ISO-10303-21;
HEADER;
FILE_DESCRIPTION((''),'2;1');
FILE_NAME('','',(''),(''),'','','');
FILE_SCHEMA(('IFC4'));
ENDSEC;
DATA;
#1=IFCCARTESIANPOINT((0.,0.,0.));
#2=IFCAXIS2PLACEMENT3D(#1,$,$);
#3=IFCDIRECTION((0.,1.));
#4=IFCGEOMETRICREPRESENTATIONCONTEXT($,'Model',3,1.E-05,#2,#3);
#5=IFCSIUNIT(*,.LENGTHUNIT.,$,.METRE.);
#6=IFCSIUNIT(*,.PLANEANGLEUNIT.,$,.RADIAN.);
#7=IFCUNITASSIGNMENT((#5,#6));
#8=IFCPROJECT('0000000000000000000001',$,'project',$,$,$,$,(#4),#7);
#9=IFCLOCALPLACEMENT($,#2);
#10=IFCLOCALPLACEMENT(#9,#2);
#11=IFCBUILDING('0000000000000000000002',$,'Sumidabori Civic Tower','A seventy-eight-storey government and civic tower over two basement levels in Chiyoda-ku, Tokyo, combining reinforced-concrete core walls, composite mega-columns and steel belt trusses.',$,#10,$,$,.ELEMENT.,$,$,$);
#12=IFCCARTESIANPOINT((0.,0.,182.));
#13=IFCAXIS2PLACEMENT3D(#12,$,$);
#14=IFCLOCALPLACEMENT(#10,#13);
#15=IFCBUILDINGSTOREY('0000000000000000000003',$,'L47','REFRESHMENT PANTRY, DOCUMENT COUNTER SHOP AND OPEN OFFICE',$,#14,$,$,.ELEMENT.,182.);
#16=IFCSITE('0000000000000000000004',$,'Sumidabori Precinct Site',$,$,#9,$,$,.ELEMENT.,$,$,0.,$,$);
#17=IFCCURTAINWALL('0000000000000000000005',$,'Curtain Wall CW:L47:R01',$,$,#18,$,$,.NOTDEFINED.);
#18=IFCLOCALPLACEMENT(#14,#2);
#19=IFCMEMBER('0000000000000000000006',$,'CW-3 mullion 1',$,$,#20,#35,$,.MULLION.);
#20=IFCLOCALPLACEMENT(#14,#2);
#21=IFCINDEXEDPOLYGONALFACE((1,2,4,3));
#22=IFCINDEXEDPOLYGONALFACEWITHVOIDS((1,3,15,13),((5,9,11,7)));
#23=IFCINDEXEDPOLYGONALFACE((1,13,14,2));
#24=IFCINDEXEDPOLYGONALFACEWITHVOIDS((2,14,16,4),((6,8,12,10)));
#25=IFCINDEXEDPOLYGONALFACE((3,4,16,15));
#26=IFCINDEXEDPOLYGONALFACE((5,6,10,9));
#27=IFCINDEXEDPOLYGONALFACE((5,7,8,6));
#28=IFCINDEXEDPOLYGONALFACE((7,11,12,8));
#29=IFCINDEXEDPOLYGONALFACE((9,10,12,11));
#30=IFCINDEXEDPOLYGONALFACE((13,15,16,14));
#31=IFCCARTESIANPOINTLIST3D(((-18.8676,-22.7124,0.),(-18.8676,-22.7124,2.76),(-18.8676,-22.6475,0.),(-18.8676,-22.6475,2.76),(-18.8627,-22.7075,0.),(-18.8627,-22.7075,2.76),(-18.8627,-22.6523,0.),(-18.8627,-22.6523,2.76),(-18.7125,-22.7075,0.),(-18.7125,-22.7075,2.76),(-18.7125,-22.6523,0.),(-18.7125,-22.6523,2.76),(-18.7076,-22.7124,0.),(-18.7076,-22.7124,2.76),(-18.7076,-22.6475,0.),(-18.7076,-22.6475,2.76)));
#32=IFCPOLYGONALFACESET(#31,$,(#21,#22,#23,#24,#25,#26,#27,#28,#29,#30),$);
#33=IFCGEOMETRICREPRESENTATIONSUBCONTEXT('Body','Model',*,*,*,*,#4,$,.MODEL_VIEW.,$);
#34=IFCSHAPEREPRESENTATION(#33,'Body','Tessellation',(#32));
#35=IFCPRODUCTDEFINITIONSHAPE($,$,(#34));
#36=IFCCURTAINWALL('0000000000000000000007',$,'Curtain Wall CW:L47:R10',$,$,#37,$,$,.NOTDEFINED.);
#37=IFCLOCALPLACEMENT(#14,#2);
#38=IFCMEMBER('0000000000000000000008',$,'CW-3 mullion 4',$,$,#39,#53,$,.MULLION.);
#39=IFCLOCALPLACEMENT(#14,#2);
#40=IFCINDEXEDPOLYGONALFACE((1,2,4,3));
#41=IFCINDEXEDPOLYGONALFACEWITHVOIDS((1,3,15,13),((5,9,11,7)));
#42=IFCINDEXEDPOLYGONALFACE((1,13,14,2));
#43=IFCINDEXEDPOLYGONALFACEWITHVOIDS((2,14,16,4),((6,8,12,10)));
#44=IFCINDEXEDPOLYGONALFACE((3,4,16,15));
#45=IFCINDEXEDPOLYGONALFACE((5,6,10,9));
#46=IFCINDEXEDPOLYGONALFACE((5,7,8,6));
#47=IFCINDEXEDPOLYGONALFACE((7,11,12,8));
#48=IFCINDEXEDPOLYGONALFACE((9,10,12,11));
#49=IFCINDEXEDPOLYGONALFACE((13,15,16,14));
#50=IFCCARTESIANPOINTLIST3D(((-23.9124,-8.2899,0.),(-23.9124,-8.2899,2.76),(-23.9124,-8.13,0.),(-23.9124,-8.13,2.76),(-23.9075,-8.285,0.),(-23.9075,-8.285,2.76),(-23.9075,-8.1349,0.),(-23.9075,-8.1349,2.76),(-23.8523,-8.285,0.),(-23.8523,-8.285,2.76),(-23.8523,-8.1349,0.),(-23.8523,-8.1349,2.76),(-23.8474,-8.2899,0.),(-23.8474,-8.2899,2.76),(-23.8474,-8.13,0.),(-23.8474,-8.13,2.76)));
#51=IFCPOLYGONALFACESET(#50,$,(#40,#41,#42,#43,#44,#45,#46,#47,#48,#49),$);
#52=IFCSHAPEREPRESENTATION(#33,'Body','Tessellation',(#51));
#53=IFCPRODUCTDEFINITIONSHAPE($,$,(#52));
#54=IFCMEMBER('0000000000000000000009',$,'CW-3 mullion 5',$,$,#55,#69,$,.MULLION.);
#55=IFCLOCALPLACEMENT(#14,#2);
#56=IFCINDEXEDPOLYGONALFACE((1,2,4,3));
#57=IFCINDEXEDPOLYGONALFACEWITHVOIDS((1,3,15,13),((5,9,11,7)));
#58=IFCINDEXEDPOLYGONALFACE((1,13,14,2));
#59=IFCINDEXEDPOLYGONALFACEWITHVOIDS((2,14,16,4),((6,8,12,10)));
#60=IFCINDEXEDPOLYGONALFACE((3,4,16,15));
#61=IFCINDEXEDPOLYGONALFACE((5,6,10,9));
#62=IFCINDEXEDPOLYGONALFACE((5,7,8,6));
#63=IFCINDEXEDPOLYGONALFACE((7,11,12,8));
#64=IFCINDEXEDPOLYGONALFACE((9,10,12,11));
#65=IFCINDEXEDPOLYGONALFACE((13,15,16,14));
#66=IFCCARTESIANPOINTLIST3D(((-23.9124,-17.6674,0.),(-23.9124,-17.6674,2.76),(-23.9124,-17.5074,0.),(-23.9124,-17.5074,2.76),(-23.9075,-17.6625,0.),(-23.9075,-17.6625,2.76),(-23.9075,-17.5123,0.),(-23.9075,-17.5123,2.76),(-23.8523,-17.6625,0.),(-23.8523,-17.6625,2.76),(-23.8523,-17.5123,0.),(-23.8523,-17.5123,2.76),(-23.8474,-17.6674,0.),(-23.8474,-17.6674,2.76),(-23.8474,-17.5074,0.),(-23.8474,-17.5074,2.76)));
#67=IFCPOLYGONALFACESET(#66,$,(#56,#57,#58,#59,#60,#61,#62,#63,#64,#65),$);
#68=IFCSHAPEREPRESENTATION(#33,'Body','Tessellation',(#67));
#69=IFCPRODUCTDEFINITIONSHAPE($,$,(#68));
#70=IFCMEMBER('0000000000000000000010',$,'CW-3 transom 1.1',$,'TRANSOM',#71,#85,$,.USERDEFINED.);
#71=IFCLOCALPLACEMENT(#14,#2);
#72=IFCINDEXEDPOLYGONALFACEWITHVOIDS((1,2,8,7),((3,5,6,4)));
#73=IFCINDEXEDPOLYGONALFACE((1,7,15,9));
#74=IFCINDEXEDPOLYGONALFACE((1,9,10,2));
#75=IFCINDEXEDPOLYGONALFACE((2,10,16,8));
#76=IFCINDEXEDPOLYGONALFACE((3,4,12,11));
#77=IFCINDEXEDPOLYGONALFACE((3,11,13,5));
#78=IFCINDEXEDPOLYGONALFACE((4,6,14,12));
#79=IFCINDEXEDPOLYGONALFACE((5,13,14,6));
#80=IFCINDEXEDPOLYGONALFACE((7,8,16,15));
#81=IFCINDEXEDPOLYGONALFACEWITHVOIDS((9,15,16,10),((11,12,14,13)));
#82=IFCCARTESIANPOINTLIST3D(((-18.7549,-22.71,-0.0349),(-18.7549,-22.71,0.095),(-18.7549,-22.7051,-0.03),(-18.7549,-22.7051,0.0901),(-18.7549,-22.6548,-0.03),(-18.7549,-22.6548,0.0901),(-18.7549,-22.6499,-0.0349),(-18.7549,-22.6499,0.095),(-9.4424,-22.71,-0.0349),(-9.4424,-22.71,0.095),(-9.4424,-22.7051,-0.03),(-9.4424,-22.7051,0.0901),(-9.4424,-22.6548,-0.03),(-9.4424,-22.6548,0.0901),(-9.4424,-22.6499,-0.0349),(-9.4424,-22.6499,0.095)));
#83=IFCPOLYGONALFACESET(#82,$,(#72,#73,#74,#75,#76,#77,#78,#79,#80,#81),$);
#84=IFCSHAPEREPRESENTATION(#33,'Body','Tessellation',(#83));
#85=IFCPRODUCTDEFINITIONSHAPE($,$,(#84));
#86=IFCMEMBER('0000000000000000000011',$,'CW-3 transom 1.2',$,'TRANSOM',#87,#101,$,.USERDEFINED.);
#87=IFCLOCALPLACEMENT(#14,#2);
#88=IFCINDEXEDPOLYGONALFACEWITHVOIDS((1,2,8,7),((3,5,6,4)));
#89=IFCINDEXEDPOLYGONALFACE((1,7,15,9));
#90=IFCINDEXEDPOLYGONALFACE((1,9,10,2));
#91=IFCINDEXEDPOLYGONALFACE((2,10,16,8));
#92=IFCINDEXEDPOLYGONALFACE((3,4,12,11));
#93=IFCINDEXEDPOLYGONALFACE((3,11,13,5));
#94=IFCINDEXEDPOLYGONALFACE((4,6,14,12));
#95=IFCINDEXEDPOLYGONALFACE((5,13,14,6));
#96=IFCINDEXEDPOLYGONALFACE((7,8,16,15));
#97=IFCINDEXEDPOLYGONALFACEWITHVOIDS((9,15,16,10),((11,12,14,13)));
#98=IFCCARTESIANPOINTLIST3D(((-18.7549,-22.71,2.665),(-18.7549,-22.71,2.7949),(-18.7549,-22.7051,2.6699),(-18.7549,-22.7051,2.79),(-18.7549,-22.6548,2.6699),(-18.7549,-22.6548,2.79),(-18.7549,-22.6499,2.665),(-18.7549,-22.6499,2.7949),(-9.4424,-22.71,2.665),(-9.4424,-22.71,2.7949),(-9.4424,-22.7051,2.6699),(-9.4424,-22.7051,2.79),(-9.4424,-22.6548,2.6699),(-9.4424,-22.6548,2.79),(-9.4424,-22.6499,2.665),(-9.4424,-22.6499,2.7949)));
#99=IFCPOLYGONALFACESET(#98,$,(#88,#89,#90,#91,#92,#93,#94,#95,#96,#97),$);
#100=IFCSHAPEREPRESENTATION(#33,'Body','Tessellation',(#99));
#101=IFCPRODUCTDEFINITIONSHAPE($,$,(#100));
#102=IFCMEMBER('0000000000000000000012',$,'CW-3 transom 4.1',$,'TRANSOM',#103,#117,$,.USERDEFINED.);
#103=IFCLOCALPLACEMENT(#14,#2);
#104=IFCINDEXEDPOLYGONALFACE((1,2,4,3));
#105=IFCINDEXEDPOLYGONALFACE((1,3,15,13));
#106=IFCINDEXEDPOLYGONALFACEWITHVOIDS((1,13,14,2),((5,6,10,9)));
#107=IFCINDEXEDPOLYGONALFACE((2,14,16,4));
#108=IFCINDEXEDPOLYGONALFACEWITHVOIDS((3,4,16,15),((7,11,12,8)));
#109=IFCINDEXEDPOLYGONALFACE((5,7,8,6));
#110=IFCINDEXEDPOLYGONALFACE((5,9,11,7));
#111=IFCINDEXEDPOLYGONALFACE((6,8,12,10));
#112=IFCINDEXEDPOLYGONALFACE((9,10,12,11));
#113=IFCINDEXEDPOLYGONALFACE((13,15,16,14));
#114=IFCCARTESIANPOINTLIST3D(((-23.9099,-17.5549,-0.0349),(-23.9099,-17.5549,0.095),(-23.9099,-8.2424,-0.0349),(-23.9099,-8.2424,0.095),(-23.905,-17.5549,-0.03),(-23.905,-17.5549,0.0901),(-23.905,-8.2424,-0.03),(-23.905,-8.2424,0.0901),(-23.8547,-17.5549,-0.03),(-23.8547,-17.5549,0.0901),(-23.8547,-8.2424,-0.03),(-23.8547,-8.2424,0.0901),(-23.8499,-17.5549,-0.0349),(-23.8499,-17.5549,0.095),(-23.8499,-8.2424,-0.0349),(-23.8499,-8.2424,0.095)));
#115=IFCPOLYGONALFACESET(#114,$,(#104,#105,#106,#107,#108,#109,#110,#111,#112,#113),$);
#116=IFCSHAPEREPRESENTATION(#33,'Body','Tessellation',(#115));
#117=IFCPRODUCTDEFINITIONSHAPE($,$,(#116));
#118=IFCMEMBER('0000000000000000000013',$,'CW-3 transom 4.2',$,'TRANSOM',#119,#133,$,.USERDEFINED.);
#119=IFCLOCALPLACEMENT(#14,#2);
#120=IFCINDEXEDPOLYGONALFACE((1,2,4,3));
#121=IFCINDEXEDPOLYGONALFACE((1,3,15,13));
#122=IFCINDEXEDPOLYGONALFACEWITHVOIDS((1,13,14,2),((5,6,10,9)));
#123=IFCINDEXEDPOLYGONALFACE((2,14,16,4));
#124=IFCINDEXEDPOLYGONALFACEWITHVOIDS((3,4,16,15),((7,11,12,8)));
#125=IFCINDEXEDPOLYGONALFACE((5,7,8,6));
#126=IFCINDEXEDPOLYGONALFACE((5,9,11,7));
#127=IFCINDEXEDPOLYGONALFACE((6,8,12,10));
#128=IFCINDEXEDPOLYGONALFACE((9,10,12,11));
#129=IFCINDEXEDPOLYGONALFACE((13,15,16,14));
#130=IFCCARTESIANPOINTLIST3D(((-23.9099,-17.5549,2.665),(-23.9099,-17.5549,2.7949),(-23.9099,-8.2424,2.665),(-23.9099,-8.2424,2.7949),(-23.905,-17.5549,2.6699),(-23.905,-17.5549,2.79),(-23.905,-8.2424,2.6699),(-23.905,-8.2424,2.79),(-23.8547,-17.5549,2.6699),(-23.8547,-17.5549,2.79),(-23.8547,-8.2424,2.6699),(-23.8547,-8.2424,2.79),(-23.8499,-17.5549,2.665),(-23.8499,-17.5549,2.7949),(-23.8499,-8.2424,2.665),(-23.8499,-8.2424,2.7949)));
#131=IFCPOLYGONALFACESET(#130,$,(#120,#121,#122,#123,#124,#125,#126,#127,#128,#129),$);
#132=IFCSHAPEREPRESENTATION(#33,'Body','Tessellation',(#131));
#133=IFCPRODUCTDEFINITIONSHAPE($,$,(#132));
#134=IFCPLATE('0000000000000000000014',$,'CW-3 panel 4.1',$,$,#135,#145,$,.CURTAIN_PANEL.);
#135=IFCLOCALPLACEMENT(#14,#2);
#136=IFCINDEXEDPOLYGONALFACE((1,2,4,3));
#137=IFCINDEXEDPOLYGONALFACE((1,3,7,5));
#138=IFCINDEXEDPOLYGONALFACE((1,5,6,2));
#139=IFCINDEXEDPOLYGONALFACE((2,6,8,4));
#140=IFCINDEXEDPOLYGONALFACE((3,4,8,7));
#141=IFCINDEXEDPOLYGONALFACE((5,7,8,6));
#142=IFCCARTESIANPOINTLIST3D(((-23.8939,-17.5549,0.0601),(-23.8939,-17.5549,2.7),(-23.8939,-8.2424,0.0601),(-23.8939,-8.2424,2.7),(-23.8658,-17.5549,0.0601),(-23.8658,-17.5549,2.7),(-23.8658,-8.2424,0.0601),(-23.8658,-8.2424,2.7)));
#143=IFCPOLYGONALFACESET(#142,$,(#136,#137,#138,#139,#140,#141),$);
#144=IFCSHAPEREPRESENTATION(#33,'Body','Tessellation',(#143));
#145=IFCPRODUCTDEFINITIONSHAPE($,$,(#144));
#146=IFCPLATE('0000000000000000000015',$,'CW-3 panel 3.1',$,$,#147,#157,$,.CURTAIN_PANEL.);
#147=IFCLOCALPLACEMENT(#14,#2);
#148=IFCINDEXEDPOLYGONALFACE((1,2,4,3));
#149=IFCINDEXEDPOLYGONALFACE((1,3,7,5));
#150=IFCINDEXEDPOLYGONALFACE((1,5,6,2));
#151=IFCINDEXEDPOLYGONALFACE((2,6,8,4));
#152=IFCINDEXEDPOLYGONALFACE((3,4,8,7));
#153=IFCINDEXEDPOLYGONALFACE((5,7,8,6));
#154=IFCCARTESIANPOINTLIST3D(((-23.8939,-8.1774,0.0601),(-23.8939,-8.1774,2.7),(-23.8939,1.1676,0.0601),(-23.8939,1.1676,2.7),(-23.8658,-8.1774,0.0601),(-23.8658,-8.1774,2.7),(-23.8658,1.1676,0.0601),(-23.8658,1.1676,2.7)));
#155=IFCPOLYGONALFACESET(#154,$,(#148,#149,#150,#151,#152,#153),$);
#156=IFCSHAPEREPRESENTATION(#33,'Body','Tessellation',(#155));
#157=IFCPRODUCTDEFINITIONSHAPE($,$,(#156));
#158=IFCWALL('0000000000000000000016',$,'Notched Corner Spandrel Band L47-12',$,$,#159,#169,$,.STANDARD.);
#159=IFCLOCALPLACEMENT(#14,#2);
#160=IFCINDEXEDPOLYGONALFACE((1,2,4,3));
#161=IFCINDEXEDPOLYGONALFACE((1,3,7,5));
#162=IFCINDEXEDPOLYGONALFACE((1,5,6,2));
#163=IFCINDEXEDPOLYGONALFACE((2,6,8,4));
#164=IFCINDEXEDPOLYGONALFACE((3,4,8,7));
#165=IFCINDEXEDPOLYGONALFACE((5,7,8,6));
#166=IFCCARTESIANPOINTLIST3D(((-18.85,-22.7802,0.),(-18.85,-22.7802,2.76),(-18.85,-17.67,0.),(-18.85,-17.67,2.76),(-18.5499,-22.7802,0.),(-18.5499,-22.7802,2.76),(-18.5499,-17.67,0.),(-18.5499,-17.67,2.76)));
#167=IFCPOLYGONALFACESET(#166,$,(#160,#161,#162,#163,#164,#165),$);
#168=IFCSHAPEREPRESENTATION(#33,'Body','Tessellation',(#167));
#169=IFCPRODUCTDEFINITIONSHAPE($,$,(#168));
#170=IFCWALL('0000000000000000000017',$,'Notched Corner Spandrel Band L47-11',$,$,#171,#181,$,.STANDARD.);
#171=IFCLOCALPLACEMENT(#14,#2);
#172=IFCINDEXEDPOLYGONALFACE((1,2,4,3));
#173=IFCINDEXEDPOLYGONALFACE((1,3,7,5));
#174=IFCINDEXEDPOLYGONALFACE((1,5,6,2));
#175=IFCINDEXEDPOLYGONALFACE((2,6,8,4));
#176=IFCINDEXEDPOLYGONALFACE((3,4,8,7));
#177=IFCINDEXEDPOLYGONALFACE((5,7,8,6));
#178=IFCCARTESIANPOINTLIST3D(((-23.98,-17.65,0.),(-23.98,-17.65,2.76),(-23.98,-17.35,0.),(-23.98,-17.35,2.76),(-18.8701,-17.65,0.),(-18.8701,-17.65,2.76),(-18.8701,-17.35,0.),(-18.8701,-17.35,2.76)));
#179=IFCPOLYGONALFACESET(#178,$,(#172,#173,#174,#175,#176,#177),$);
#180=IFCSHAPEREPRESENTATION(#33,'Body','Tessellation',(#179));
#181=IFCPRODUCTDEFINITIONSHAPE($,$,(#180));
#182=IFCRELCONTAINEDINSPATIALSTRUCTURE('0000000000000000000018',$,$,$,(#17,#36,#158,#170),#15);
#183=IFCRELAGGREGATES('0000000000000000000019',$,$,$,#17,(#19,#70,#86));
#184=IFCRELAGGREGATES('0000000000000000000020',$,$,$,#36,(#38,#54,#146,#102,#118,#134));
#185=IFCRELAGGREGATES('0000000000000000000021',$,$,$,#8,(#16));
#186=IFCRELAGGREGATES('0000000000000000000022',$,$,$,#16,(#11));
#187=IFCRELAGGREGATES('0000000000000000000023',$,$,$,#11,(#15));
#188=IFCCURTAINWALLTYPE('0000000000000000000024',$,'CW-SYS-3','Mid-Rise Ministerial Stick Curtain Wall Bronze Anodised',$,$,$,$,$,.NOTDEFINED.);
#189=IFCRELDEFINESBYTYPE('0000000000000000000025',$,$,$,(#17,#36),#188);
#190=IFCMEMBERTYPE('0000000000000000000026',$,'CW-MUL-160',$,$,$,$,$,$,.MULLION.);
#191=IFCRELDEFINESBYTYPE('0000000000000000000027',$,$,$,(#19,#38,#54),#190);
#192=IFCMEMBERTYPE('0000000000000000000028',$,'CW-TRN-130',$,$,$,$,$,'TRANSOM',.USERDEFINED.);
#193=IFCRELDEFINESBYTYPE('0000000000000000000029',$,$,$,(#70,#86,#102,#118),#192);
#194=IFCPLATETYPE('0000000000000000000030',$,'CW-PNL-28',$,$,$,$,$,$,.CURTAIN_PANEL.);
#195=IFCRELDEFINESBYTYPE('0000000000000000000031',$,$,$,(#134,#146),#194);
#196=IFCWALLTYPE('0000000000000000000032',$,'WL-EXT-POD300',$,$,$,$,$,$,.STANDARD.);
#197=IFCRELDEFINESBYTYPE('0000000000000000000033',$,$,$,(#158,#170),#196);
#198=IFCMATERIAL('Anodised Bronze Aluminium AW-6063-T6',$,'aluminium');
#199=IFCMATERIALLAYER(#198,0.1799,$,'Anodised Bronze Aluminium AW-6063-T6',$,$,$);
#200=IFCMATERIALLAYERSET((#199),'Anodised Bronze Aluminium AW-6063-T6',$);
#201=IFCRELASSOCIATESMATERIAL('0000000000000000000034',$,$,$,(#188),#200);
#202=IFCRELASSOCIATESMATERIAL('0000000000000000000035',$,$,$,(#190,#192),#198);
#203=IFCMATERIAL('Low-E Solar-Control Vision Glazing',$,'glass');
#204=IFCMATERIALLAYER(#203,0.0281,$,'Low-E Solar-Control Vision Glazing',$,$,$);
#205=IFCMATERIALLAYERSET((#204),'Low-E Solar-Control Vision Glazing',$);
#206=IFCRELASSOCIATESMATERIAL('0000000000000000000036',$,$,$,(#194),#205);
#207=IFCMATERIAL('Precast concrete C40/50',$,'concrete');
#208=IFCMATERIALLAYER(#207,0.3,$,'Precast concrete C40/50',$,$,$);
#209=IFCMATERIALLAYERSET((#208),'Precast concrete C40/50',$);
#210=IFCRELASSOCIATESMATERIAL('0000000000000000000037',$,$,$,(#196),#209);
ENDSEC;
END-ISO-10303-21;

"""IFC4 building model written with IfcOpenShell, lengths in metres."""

from ifc_helpers import new_model, si_unit, direction, frame, frame_2d, origin, origin_2d, place, context, subcontext, project, spatial, rectangle, hollow_rectangle, extrude, source, transform, mapped, material, layer, layer_set, material_profile, profile_set, type_object, element, aggregate, save


model = new_model("IFC4")

# Units and contexts
model_context = context("Model", 3, precision=1e-05, world=origin(), true_north=direction((0.0, 1.0)))
body_context = subcontext(model_context, "Body", "Model", "MODEL_VIEW")
ifc_project = project(units=[si_unit("LENGTHUNIT", "METRE"), si_unit("PLANEANGLEUNIT", "RADIAN")], contexts=[model_context])

# Site, building, storey
site_placement = place(None, origin())
site = spatial("IfcSite", under=ifc_project, at=site_placement, Name="Sumidabori Precinct Site", CompositionType="ELEMENT", RefElevation=0.0)
building_placement = place(site_placement, origin())
building = spatial("IfcBuilding", under=site, at=building_placement, Name="Sumidabori Civic Tower", Description="A seventy-eight-storey government and civic tower over two basement levels in Chiyoda-ku, Tokyo, combining reinforced-concrete core walls, composite mega-columns and steel belt trusses.", CompositionType="ELEMENT")
storey_placement = place(building_placement, frame((0.0, 0.0, 182.0)))
storey = spatial("IfcBuildingStorey", under=building, at=storey_placement, Name="L47", Description="REFRESHMENT PANTRY, DOCUMENT COUNTER SHOP AND OPEN OFFICE", CompositionType="ELEMENT", Elevation=182.0)

# Curtain wall, member
ifc_material_1 = material(Name="Anodised Bronze Aluminium AW-6063-T6", Category="aluminium")
ifc_layer_1 = layer(ifc_material_1, 0.1799, Name="Anodised Bronze Aluminium AW-6063-T6")
ifc_layer_set_1 = layer_set([ifc_layer_1], Name="Anodised Bronze Aluminium AW-6063-T6")
curtain_wall_type = type_object("IfcCurtainWallType", Name="CW-SYS-3", Description="Mid-Rise Ministerial Stick Curtain Wall Bronze Anodised", PredefinedType="NOTDEFINED", material=ifc_layer_set_1)
curtain_wall_1_placement = place(storey_placement, origin())
curtain_wall_1 = element("IfcCurtainWall", 1, at=curtain_wall_1_placement, inside=storey, type_object=curtain_wall_type, Name="Curtain Wall CW:L47:R01", PredefinedType="NOTDEFINED")
ifc_material_profile_1 = material_profile(ifc_material_1, hollow_rectangle(XDim=0.0649, YDim=0.1599, WallThickness=0.0049, at=origin_2d()), Name="ALU MULLION 160x65")
ifc_profile_set_1 = profile_set([ifc_material_profile_1], Name="Anodised Bronze Aluminium AW-6063-T6")
member_type_1 = type_object("IfcMemberType", Name="CW-MUL-160", PredefinedType="MULLION", material=ifc_profile_set_1)
shared_shape_1 = source(origin(), body_context, "Body", "SweptSolid", [
    extrude(hollow_rectangle(XDim=0.0649, YDim=0.1599, WallThickness=0.0049, at=origin_2d()), origin(), (0.0, 0.0, 1.0), 2.76),
])
member_1_placement = place(storey_placement, frame((-18.7876, -22.6799, 0.0), z_axis=(0.0, 0.0, 1.0), x_axis=(0.0, 1.0, 0.0)))
member_1 = element("IfcMember", 2, at=member_1_placement, type_object=member_type_1, Name="CW-3 mullion 1", PredefinedType="MULLION", context=body_context, shape_type="MappedRepresentation", body=[
    mapped(shared_shape_1, transform((0.0, 0.0, 0.0), x_axis=(1.0, 0.0, 0.0), y_axis=(0.0, 1.0, 0.0), z_axis=(0.0, 0.0, 1.0), scale=1.0)),
])

# Curtain wall, members
curtain_wall_2_placement = place(storey_placement, origin())
curtain_wall_2 = element("IfcCurtainWall", 3, at=curtain_wall_2_placement, inside=storey, type_object=curtain_wall_type, Name="Curtain Wall CW:L47:R10", PredefinedType="NOTDEFINED")
member_2_placement = place(storey_placement, frame((-23.8799, -8.21, 0.0), z_axis=(0.0, 0.0, 1.0), x_axis=(1.0, 0.0, 0.0)))
member_2 = element("IfcMember", 4, at=member_2_placement, type_object=member_type_1, Name="CW-3 mullion 4", PredefinedType="MULLION", context=body_context, shape_type="MappedRepresentation", body=[
    mapped(shared_shape_1, transform((0.0, 0.0, 0.0), x_axis=(1.0, 0.0, 0.0), y_axis=(0.0, 1.0, 0.0), z_axis=(0.0, 0.0, 1.0), scale=1.0)),
])
member_3_placement = place(storey_placement, frame((-23.8799, -17.5874, 0.0), z_axis=(0.0, 0.0, 1.0), x_axis=(1.0, 0.0, 0.0)))
member_3 = element("IfcMember", 5, at=member_3_placement, type_object=member_type_1, Name="CW-3 mullion 5", PredefinedType="MULLION", context=body_context, shape_type="MappedRepresentation", body=[
    mapped(shared_shape_1, transform((0.0, 0.0, 0.0), x_axis=(1.0, 0.0, 0.0), y_axis=(0.0, 1.0, 0.0), z_axis=(0.0, 0.0, 1.0), scale=1.0)),
])

# Members
ifc_material_profile_2 = material_profile(ifc_material_1, hollow_rectangle(XDim=0.0601, YDim=0.1299, WallThickness=0.0049, at=origin_2d()), Name="ALU TRANSOM 130x60")
ifc_profile_set_2 = profile_set([ifc_material_profile_2], Name="Anodised Bronze Aluminium AW-6063-T6")
member_type_2 = type_object("IfcMemberType", Name="CW-TRN-130", ElementType="TRANSOM", PredefinedType="USERDEFINED", material=ifc_profile_set_2)
shared_shape_2 = source(origin(), body_context, "Body", "SweptSolid", [
    extrude(hollow_rectangle(XDim=0.0601, YDim=0.1299, WallThickness=0.0049, at=origin_2d()), origin(), (0.0, 0.0, 1.0), 9.3125),
])
member_4_placement = place(storey_placement, frame((-18.7549, -22.6799, 0.03), z_axis=(1.0, 0.0, 0.0), x_axis=(0.0, 1.0, 0.0)))
member_4 = element("IfcMember", 6, at=member_4_placement, type_object=member_type_2, Name="CW-3 transom 1.1", ObjectType="TRANSOM", PredefinedType="USERDEFINED", context=body_context, shape_type="MappedRepresentation", body=[
    mapped(shared_shape_2, transform((0.0, 0.0, 0.0), x_axis=(1.0, 0.0, 0.0), y_axis=(0.0, 1.0, 0.0), z_axis=(0.0, 0.0, 1.0), scale=1.0)),
])
member_5_placement = place(storey_placement, frame((-18.7549, -22.6799, 2.73), z_axis=(1.0, 0.0, 0.0), x_axis=(0.0, 1.0, 0.0)))
member_5 = element("IfcMember", 7, at=member_5_placement, type_object=member_type_2, Name="CW-3 transom 1.2", ObjectType="TRANSOM", PredefinedType="USERDEFINED", context=body_context, shape_type="MappedRepresentation", body=[
    mapped(shared_shape_2, transform((0.0, 0.0, 0.0), x_axis=(1.0, 0.0, 0.0), y_axis=(0.0, 1.0, 0.0), z_axis=(0.0, 0.0, 1.0), scale=1.0)),
])
aggregate(curtain_wall_1, [member_1, member_4, member_5])
member_6_placement = place(storey_placement, frame((-23.8799, -8.2424, 0.03), z_axis=(0.0, -1.0, 0.0), x_axis=(1.0, 0.0, 0.0)))
member_6 = element("IfcMember", 8, at=member_6_placement, type_object=member_type_2, Name="CW-3 transom 4.1", ObjectType="TRANSOM", PredefinedType="USERDEFINED", context=body_context, shape_type="MappedRepresentation", body=[
    mapped(shared_shape_2, transform((0.0, 0.0, 0.0), x_axis=(1.0, 0.0, 0.0), y_axis=(0.0, 1.0, 0.0), z_axis=(0.0, 0.0, 1.0), scale=1.0)),
])
member_7_placement = place(storey_placement, frame((-23.8799, -8.2424, 2.73), z_axis=(0.0, -1.0, 0.0), x_axis=(1.0, 0.0, 0.0)))
member_7 = element("IfcMember", 9, at=member_7_placement, type_object=member_type_2, Name="CW-3 transom 4.2", ObjectType="TRANSOM", PredefinedType="USERDEFINED", context=body_context, shape_type="MappedRepresentation", body=[
    mapped(shared_shape_2, transform((0.0, 0.0, 0.0), x_axis=(1.0, 0.0, 0.0), y_axis=(0.0, 1.0, 0.0), z_axis=(0.0, 0.0, 1.0), scale=1.0)),
])

# Plates
ifc_material_2 = material(Name="Low-E Solar-Control Vision Glazing", Category="glass")
ifc_layer_2 = layer(ifc_material_2, 0.0281, Name="Low-E Solar-Control Vision Glazing")
ifc_layer_set_2 = layer_set([ifc_layer_2], Name="Low-E Solar-Control Vision Glazing")
plate_type = type_object("IfcPlateType", Name="CW-PNL-28", PredefinedType="CURTAIN_PANEL", material=ifc_layer_set_2)
shared_shape_3 = source(origin(), body_context, "Body", "SweptSolid", [
    extrude(rectangle(XDim=9.3125, YDim=0.0281, at=origin_2d()), origin(), (0.0, 0.0, 1.0), 2.6399),
])
plate_1_placement = place(storey_placement, frame((-23.8799, -12.8987, 0.0601), z_axis=(0.0, 0.0, 1.0), x_axis=(0.0, -1.0, 0.0)))
plate_1 = element("IfcPlate", 10, at=plate_1_placement, type_object=plate_type, Name="CW-3 panel 4.1", PredefinedType="CURTAIN_PANEL", context=body_context, shape_type="MappedRepresentation", body=[
    mapped(shared_shape_3, transform((0.0, 0.0, 0.0), x_axis=(1.0, 0.0, 0.0), y_axis=(0.0, 1.0, 0.0), z_axis=(0.0, 0.0, 1.0), scale=1.0)),
])
shared_shape_4 = source(origin(), body_context, "Body", "SweptSolid", [
    extrude(rectangle(XDim=9.345, YDim=0.0281, at=origin_2d()), origin(), (0.0, 0.0, 1.0), 2.6399),
])
plate_2_placement = place(storey_placement, frame((-23.8799, -3.5049, 0.0601), z_axis=(0.0, 0.0, 1.0), x_axis=(0.0, -1.0, 0.0)))
plate_2 = element("IfcPlate", 11, at=plate_2_placement, type_object=plate_type, Name="CW-3 panel 3.1", PredefinedType="CURTAIN_PANEL", context=body_context, shape_type="MappedRepresentation", body=[
    mapped(shared_shape_4, transform((0.0, 0.0, 0.0), x_axis=(1.0, 0.0, 0.0), y_axis=(0.0, 1.0, 0.0), z_axis=(0.0, 0.0, 1.0), scale=1.0)),
])
aggregate(curtain_wall_2, [member_2, member_3, plate_2, member_6, member_7, plate_1])

# Walls
ifc_material_3 = material(Name="Precast concrete C40/50", Category="concrete")
ifc_layer_3 = layer(ifc_material_3, 0.3, Name="Precast concrete C40/50")
ifc_layer_set_3 = layer_set([ifc_layer_3], Name="Precast concrete C40/50")
wall_type_1 = type_object("IfcWallType", Name="WL-EXT-POD300", PredefinedType="STANDARD", material=ifc_layer_set_3)
shared_shape_5 = source(origin(), body_context, "Body", "SweptSolid", [
    extrude(rectangle(XDim=5.1101, YDim=0.3, at=frame_2d((2.5552, 0.0))), origin(), (0.0, 0.0, 1.0), 2.76),
])
wall_1_placement = place(storey_placement, frame((-18.7, -17.6699, 0.0), z_axis=(0.0, 0.0, 1.0), x_axis=(0.0, -1.0, 0.0)))
element("IfcWall", 12, at=wall_1_placement, inside=storey, type_object=wall_type_1, Name="Notched Corner Spandrel Band L47-12", PredefinedType="STANDARD", context=body_context, shape_type="MappedRepresentation", body=[
    mapped(shared_shape_5, transform((0.0, 0.0, 0.0), x_axis=(1.0, 0.0, 0.0), y_axis=(0.0, 1.0, 0.0), z_axis=(0.0, 0.0, 1.0), scale=1.0)),
])
shared_shape_6 = source(origin(), body_context, "Body", "SweptSolid", [
    extrude(rectangle(XDim=5.1099, YDim=0.3, at=frame_2d((2.5549, 0.0))), origin(), (0.0, 0.0, 1.0), 2.76),
])
wall_2_placement = place(storey_placement, frame((-23.98, -17.5, 0.0), z_axis=(0.0, 0.0, 1.0), x_axis=(1.0, 0.0, 0.0)))
element("IfcWall", 13, at=wall_2_placement, inside=storey, type_object=wall_type_1, Name="Notched Corner Spandrel Band L47-11", PredefinedType="STANDARD", context=body_context, shape_type="MappedRepresentation", body=[
    mapped(shared_shape_6, transform((0.0, 0.0, 0.0), x_axis=(1.0, 0.0, 0.0), y_axis=(0.0, 1.0, 0.0), z_axis=(0.0, 0.0, 1.0), scale=1.0)),
])

save(model, "model.ifc")
